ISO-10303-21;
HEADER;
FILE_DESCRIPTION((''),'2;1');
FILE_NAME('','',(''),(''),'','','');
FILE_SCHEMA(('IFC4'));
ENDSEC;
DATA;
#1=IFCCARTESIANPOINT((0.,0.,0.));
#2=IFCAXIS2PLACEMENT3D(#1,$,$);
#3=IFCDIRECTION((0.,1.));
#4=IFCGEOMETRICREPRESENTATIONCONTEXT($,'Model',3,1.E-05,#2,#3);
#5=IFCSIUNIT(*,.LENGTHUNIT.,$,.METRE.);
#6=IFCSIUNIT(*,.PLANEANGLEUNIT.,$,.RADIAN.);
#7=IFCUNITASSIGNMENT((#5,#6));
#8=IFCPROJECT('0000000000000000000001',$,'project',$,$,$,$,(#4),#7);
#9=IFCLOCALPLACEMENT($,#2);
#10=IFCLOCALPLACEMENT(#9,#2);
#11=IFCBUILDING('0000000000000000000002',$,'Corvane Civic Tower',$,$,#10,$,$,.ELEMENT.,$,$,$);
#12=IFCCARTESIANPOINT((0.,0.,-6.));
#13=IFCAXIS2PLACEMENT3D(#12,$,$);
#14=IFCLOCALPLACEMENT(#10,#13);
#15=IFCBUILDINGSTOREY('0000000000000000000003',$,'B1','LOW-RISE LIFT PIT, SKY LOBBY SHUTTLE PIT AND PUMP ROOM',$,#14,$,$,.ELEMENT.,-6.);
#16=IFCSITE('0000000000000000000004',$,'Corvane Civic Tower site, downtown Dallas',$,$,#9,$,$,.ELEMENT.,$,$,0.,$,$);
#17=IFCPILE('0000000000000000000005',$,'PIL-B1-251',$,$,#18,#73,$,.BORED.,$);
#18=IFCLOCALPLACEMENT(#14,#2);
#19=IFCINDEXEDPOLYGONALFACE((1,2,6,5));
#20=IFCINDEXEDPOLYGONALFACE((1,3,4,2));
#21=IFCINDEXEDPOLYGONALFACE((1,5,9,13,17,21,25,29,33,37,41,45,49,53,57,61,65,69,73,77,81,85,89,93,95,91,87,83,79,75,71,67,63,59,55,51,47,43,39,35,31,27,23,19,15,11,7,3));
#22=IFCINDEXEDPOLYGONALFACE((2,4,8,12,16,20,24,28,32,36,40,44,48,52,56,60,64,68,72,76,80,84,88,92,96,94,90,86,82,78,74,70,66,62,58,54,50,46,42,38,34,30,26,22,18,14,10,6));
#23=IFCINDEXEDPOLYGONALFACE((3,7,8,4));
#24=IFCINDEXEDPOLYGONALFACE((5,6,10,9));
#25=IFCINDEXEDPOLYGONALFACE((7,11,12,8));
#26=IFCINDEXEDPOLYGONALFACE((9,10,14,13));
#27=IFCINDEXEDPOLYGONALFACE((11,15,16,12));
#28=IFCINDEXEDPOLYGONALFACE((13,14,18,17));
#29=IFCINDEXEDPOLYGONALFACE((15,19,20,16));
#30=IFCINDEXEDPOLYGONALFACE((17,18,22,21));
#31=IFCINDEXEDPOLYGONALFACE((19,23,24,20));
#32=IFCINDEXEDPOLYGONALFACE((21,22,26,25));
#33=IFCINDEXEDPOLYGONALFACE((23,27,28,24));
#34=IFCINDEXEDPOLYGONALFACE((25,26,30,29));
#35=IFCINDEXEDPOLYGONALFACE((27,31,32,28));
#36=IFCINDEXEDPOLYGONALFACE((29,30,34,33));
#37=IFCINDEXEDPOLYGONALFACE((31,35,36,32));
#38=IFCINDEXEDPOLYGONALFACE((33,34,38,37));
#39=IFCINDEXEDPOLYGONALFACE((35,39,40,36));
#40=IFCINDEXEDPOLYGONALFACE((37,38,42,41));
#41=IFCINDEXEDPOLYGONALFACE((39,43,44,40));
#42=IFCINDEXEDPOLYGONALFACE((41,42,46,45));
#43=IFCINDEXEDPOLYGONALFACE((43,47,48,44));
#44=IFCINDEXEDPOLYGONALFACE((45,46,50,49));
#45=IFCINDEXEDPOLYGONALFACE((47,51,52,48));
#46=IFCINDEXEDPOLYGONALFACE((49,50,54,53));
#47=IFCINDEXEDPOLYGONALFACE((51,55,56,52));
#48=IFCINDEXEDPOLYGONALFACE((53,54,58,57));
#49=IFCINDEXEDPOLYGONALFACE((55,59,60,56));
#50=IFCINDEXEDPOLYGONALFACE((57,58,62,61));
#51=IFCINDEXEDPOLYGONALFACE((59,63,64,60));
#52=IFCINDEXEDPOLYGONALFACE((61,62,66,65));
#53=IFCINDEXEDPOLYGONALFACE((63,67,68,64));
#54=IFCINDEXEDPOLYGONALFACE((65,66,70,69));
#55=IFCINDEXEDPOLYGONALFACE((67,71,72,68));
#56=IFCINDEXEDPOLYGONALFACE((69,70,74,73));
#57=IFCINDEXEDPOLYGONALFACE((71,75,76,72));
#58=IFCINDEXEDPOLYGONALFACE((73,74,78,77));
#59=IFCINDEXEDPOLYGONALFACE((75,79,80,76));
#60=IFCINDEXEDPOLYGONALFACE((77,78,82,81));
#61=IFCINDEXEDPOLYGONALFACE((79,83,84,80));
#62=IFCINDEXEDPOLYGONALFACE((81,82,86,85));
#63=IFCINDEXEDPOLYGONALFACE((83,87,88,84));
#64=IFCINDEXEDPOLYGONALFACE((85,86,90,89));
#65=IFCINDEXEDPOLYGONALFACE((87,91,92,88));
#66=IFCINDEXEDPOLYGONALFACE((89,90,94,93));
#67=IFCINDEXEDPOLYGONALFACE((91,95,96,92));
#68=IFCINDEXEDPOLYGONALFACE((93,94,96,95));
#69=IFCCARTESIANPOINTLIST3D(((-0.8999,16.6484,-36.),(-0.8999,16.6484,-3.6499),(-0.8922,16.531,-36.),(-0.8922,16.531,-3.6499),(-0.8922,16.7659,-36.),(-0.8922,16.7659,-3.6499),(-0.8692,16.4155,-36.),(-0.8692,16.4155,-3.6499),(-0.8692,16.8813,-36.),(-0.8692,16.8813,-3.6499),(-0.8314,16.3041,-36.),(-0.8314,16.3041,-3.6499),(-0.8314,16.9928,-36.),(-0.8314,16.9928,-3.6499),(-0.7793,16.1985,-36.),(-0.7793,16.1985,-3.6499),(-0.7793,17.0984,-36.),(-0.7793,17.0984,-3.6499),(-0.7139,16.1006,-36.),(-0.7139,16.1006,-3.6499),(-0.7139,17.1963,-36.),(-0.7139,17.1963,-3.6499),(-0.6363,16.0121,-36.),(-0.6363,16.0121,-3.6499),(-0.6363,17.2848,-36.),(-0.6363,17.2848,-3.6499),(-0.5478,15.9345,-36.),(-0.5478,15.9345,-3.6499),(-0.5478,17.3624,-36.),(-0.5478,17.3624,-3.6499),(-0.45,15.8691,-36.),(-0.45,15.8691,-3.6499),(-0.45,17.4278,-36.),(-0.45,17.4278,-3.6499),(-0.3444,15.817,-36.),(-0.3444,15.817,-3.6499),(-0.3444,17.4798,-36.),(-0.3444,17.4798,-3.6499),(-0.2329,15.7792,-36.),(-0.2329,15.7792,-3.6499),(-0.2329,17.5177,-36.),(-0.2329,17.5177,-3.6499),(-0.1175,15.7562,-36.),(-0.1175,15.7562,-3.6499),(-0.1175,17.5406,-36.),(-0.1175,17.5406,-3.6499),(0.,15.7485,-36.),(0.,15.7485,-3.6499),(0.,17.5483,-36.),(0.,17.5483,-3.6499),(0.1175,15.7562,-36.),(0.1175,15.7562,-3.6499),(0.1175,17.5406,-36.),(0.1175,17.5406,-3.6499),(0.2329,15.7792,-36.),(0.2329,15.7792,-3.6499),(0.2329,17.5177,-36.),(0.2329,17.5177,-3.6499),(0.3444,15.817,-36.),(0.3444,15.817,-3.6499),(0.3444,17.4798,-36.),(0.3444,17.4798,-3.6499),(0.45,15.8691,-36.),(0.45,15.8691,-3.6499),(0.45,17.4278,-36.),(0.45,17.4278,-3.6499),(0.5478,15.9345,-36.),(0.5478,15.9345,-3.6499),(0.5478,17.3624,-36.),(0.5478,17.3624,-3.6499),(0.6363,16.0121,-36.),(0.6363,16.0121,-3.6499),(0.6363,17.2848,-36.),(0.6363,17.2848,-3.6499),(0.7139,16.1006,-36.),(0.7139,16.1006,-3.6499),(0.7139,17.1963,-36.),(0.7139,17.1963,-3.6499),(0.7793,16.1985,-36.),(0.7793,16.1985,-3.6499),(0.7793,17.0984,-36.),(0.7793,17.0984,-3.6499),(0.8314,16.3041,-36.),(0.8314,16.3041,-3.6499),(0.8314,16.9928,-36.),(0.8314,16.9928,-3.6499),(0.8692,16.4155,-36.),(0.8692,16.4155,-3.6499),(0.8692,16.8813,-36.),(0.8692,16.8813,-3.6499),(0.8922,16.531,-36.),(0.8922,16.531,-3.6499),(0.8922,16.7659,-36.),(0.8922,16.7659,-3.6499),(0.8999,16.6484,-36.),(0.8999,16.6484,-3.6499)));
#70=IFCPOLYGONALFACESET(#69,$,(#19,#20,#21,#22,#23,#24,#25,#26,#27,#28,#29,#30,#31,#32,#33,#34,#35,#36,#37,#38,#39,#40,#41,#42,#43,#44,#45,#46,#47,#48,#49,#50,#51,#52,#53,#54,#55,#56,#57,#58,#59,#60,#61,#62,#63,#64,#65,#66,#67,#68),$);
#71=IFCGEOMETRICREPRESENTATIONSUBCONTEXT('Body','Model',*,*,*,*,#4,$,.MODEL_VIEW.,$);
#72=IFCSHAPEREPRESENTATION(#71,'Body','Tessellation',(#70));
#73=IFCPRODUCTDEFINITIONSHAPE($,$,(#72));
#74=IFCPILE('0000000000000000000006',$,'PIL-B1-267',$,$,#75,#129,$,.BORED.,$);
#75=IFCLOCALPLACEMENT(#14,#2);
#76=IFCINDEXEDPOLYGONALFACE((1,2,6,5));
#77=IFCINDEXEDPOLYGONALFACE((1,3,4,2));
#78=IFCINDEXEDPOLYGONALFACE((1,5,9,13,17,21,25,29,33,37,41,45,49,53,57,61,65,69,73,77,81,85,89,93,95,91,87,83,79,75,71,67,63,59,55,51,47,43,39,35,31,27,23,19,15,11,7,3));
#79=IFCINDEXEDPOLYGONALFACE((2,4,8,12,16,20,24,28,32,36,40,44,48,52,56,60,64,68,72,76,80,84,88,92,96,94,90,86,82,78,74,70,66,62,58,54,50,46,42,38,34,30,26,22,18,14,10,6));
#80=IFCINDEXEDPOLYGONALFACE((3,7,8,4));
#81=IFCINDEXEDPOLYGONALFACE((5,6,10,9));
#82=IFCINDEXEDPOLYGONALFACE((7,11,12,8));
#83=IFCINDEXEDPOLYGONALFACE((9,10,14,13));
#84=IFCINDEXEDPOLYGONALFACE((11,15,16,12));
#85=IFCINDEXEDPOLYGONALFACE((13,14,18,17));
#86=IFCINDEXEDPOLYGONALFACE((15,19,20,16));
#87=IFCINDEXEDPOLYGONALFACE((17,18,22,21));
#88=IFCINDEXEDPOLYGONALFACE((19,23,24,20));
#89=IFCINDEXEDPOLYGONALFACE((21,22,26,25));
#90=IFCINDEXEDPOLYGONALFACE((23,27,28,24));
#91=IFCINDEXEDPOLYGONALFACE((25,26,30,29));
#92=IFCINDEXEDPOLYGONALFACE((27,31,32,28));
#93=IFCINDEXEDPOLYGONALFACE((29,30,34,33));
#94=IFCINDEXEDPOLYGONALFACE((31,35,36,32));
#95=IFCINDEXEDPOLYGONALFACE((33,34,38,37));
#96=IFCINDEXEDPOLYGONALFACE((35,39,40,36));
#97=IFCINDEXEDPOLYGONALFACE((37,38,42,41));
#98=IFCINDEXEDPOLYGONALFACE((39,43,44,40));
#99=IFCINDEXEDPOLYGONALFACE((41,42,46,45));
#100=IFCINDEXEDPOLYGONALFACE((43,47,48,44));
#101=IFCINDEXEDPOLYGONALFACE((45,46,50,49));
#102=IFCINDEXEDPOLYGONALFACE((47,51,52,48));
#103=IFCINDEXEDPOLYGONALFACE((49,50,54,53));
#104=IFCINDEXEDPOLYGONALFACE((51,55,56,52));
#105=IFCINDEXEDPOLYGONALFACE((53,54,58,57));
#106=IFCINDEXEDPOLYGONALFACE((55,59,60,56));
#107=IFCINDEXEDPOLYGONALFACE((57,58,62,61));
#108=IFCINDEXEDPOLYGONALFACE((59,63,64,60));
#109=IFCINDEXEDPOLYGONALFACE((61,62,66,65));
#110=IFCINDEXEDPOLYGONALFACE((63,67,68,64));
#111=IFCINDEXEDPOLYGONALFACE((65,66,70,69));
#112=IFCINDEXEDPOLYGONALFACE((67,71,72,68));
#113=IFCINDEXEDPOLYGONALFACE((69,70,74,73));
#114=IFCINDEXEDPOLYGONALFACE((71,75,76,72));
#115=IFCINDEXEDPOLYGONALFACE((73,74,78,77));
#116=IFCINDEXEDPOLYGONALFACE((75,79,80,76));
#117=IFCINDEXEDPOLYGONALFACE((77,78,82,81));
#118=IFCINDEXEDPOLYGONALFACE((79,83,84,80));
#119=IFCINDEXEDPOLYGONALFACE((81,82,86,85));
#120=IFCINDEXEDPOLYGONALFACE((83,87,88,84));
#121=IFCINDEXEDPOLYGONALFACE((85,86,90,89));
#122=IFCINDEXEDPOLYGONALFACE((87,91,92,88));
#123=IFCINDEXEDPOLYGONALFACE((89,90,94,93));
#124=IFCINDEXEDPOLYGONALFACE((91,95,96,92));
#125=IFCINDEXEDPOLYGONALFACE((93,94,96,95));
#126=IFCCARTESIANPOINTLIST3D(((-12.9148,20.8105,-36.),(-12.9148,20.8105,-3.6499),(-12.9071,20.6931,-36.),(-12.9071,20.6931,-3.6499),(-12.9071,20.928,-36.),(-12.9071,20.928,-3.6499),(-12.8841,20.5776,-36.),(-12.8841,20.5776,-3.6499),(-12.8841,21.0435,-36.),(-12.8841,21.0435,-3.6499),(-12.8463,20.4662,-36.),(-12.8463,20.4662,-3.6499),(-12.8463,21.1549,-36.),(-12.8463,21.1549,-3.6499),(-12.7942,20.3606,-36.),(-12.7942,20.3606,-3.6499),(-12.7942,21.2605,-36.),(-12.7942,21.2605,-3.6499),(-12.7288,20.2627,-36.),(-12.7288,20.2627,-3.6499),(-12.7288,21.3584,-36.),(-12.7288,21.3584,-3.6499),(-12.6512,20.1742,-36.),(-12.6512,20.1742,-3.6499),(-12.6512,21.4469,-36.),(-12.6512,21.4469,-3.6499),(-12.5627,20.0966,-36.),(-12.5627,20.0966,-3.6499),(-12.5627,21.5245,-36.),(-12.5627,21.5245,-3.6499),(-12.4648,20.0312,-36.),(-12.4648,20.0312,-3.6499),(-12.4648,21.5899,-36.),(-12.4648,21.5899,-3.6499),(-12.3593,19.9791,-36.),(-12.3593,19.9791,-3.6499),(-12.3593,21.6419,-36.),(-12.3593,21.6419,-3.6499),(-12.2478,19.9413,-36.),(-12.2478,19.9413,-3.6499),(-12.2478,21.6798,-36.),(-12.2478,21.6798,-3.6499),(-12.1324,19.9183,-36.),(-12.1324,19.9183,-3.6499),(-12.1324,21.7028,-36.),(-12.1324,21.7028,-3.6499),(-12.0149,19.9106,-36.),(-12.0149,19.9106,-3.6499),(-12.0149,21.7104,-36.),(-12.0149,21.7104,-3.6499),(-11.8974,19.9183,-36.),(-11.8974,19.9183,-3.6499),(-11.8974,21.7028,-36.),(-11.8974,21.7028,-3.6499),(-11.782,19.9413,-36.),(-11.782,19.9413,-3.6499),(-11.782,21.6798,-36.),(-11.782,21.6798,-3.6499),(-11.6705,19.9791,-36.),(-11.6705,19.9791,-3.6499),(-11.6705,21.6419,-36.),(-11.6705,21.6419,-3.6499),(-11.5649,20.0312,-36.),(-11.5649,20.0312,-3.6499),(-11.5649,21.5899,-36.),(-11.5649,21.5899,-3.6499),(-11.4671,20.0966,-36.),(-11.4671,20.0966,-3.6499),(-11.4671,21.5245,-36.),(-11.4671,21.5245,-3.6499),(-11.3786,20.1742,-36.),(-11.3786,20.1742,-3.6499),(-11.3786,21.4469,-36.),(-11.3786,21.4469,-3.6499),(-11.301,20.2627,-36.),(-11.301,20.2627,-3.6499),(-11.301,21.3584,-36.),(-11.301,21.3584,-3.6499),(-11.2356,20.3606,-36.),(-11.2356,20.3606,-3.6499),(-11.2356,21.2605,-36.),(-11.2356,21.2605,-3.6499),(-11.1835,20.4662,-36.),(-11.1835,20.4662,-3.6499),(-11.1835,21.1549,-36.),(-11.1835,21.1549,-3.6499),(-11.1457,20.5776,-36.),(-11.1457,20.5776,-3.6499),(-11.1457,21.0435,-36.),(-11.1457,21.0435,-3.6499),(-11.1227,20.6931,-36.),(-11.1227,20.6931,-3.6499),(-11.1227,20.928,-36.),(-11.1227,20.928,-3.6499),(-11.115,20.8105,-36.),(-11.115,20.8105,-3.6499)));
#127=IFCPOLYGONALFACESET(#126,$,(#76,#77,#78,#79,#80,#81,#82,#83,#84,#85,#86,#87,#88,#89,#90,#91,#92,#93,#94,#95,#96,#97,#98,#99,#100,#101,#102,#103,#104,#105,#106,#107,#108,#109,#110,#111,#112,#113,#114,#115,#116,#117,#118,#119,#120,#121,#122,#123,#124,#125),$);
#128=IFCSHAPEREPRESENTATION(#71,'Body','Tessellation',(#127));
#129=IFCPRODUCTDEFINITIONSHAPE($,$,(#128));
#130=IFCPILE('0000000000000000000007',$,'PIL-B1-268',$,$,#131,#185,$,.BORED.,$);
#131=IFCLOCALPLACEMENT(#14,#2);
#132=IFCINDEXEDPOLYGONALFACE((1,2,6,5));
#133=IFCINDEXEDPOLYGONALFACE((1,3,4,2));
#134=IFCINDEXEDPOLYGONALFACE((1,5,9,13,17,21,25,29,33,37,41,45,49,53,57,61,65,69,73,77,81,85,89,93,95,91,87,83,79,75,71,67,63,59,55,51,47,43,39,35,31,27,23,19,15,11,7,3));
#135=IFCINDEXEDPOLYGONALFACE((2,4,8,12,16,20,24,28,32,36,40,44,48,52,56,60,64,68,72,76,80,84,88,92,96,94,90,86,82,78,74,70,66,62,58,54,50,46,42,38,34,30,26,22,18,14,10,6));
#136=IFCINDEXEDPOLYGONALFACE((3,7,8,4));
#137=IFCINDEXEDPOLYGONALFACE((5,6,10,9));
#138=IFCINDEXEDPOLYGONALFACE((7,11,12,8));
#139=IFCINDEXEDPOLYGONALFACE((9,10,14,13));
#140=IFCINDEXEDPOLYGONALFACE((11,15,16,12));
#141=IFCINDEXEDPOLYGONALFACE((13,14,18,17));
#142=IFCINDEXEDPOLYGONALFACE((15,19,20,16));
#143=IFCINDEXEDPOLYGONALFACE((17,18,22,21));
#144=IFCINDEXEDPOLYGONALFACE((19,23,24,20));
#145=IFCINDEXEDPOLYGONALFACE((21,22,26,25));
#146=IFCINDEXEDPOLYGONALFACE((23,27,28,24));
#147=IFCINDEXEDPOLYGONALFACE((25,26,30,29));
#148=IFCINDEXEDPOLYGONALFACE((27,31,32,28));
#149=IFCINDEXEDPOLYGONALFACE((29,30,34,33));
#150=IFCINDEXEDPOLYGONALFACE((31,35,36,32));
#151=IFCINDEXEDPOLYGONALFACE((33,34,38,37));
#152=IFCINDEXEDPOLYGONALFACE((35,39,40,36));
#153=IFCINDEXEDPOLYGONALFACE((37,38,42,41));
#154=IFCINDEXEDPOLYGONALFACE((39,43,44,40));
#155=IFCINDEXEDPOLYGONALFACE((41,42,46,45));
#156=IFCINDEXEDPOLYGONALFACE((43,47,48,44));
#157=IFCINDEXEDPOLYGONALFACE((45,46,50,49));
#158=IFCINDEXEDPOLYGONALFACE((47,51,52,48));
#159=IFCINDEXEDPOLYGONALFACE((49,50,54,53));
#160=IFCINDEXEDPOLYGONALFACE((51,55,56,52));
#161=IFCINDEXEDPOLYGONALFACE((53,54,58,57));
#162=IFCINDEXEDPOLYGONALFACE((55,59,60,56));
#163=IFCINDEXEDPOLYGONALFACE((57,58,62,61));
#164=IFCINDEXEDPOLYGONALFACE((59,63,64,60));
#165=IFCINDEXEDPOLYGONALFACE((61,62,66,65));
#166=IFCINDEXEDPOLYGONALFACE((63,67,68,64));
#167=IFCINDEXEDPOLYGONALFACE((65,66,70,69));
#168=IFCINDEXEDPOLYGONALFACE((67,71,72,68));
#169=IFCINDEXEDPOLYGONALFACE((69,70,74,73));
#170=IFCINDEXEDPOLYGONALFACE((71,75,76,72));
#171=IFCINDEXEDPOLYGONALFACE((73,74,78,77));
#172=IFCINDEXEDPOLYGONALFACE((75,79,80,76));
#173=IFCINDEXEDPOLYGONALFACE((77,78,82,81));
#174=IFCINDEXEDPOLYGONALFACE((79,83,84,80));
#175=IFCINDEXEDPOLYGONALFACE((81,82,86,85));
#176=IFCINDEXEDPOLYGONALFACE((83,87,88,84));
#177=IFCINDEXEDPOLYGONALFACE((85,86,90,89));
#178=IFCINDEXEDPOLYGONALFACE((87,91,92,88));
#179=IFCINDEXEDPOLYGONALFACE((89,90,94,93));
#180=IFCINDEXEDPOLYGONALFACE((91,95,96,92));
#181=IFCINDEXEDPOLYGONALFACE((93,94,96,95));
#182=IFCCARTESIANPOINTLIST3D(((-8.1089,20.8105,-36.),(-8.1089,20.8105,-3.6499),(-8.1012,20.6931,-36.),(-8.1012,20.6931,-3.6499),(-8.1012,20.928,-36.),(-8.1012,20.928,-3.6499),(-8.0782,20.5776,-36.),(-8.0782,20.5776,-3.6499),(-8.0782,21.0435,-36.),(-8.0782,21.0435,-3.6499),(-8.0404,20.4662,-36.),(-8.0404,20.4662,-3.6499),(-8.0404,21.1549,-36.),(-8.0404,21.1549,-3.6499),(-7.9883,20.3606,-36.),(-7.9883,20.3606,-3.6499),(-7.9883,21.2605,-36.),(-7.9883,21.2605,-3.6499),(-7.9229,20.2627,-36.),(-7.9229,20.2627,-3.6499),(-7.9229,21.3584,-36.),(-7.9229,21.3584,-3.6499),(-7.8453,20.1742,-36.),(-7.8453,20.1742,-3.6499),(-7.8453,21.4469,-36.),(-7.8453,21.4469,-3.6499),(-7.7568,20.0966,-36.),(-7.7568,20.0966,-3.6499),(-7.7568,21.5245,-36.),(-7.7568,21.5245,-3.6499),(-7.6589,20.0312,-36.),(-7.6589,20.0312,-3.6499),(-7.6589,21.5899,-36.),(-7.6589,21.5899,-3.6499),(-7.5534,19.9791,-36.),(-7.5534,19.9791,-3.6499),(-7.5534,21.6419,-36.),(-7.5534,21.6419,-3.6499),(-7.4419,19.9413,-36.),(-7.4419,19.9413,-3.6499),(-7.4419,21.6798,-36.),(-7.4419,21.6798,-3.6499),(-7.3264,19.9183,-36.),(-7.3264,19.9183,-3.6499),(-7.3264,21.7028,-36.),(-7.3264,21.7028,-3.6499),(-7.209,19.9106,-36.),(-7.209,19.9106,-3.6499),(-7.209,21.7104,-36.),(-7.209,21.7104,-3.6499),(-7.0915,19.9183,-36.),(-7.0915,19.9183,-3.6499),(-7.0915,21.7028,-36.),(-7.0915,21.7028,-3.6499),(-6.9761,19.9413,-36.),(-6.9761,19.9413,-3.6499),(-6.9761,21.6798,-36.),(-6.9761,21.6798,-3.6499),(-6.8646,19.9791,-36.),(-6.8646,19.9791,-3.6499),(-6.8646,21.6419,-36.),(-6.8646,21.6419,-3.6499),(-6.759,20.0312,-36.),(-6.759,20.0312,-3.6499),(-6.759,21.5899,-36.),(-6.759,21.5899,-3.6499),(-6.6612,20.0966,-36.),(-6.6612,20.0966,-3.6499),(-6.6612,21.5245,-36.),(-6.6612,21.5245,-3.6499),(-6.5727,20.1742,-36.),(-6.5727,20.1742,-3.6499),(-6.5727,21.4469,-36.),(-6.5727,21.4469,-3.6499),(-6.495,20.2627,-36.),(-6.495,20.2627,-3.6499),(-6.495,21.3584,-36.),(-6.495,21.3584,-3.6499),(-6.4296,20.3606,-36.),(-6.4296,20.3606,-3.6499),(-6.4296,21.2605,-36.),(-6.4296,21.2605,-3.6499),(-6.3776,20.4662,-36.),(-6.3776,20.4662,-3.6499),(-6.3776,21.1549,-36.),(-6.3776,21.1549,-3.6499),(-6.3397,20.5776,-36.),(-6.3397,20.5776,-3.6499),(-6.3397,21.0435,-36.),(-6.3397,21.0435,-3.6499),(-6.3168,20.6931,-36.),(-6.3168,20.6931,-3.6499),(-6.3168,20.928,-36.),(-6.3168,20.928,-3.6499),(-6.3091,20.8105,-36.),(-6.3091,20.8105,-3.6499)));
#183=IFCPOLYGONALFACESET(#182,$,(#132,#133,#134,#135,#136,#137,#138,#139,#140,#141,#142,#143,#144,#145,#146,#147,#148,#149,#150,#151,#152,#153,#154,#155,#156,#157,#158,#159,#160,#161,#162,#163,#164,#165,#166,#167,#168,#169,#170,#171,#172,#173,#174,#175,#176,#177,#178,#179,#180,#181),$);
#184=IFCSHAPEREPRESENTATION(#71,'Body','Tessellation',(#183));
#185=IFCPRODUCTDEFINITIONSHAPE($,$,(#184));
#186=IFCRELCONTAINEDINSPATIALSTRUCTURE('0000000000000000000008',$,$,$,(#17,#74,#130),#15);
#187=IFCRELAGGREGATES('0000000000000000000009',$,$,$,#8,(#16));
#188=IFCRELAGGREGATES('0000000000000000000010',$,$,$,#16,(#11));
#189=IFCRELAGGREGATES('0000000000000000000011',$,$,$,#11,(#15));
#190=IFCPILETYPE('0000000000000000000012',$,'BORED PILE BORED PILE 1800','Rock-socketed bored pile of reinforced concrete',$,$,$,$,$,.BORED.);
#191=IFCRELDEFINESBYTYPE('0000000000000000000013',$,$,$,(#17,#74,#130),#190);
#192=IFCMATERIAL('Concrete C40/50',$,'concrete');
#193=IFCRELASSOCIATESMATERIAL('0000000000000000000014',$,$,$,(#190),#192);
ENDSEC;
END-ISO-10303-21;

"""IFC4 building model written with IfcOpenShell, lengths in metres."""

from ifc_helpers import new_model, si_unit, direction, frame, origin, origin_2d, place, context, subcontext, project, spatial, circle, extrude, material, material_profile, profile_set, type_object, element, save


model = new_model("IFC4")

# Units and contexts
model_context = context("Model", 3, precision=1e-05, world=origin(), true_north=direction((0.0, 1.0)))
body_context = subcontext(model_context, "Body", "Model", "MODEL_VIEW")
ifc_project = project(units=[si_unit("LENGTHUNIT", "METRE"), si_unit("PLANEANGLEUNIT", "RADIAN")], contexts=[model_context])

# Site, building, storey
site_placement = place(None, origin())
site = spatial("IfcSite", under=ifc_project, at=site_placement, Name="Corvane Civic Tower site, downtown Dallas", CompositionType="ELEMENT", RefElevation=0.0)
building_placement = place(site_placement, origin())
building = spatial("IfcBuilding", under=site, at=building_placement, Name="Corvane Civic Tower", CompositionType="ELEMENT")
storey_placement = place(building_placement, frame((0.0, 0.0, -6.0)))
storey = spatial("IfcBuildingStorey", under=building, at=storey_placement, Name="B1", Description="LOW-RISE LIFT PIT, SKY LOBBY SHUTTLE PIT AND PUMP ROOM", CompositionType="ELEMENT", Elevation=-6.0)

# Piles
ifc_material_1 = material(Name="Concrete C40/50", Category="concrete")
ifc_material_profile = material_profile(ifc_material_1, circle(Radius=0.8999, at=origin_2d()), Name="BORED PILE 1800")
ifc_profile_set = profile_set([ifc_material_profile], Name="Concrete C40/50")
pile_type = type_object("IfcPileType", Name="BORED PILE BORED PILE 1800", Description="Rock-socketed bored pile of reinforced concrete", PredefinedType="BORED", material=ifc_profile_set)
for number, where, z_axis, x_axis, name in (
    (1, (0.0, 16.6484, -3.6499), (0.0, 0.0, -1.0), (1.0, 0.0, 0.0), "PIL-B1-251"),
    (2, (-12.0149, 20.8105, -3.6499), (0.0, 0.0, -1.0), (1.0, 0.0, 0.0), "PIL-B1-267"),
    (3, (-7.209, 20.8105, -3.6499), (0.0, 0.0, -1.0), (1.0, 0.0, 0.0), "PIL-B1-268"),
):
    element("IfcPile", number, at=place(storey_placement, frame(where, z_axis=z_axis, x_axis=x_axis)), inside=storey, type_object=pile_type, Name=name, PredefinedType="BORED", context=body_context, shape_type="SweptSolid", body=[
        extrude(circle(Radius=0.8999, at=origin_2d()), origin(), (0.0, 0.0, 1.0), 32.3501),
    ])

save(model, "model.ifc")
